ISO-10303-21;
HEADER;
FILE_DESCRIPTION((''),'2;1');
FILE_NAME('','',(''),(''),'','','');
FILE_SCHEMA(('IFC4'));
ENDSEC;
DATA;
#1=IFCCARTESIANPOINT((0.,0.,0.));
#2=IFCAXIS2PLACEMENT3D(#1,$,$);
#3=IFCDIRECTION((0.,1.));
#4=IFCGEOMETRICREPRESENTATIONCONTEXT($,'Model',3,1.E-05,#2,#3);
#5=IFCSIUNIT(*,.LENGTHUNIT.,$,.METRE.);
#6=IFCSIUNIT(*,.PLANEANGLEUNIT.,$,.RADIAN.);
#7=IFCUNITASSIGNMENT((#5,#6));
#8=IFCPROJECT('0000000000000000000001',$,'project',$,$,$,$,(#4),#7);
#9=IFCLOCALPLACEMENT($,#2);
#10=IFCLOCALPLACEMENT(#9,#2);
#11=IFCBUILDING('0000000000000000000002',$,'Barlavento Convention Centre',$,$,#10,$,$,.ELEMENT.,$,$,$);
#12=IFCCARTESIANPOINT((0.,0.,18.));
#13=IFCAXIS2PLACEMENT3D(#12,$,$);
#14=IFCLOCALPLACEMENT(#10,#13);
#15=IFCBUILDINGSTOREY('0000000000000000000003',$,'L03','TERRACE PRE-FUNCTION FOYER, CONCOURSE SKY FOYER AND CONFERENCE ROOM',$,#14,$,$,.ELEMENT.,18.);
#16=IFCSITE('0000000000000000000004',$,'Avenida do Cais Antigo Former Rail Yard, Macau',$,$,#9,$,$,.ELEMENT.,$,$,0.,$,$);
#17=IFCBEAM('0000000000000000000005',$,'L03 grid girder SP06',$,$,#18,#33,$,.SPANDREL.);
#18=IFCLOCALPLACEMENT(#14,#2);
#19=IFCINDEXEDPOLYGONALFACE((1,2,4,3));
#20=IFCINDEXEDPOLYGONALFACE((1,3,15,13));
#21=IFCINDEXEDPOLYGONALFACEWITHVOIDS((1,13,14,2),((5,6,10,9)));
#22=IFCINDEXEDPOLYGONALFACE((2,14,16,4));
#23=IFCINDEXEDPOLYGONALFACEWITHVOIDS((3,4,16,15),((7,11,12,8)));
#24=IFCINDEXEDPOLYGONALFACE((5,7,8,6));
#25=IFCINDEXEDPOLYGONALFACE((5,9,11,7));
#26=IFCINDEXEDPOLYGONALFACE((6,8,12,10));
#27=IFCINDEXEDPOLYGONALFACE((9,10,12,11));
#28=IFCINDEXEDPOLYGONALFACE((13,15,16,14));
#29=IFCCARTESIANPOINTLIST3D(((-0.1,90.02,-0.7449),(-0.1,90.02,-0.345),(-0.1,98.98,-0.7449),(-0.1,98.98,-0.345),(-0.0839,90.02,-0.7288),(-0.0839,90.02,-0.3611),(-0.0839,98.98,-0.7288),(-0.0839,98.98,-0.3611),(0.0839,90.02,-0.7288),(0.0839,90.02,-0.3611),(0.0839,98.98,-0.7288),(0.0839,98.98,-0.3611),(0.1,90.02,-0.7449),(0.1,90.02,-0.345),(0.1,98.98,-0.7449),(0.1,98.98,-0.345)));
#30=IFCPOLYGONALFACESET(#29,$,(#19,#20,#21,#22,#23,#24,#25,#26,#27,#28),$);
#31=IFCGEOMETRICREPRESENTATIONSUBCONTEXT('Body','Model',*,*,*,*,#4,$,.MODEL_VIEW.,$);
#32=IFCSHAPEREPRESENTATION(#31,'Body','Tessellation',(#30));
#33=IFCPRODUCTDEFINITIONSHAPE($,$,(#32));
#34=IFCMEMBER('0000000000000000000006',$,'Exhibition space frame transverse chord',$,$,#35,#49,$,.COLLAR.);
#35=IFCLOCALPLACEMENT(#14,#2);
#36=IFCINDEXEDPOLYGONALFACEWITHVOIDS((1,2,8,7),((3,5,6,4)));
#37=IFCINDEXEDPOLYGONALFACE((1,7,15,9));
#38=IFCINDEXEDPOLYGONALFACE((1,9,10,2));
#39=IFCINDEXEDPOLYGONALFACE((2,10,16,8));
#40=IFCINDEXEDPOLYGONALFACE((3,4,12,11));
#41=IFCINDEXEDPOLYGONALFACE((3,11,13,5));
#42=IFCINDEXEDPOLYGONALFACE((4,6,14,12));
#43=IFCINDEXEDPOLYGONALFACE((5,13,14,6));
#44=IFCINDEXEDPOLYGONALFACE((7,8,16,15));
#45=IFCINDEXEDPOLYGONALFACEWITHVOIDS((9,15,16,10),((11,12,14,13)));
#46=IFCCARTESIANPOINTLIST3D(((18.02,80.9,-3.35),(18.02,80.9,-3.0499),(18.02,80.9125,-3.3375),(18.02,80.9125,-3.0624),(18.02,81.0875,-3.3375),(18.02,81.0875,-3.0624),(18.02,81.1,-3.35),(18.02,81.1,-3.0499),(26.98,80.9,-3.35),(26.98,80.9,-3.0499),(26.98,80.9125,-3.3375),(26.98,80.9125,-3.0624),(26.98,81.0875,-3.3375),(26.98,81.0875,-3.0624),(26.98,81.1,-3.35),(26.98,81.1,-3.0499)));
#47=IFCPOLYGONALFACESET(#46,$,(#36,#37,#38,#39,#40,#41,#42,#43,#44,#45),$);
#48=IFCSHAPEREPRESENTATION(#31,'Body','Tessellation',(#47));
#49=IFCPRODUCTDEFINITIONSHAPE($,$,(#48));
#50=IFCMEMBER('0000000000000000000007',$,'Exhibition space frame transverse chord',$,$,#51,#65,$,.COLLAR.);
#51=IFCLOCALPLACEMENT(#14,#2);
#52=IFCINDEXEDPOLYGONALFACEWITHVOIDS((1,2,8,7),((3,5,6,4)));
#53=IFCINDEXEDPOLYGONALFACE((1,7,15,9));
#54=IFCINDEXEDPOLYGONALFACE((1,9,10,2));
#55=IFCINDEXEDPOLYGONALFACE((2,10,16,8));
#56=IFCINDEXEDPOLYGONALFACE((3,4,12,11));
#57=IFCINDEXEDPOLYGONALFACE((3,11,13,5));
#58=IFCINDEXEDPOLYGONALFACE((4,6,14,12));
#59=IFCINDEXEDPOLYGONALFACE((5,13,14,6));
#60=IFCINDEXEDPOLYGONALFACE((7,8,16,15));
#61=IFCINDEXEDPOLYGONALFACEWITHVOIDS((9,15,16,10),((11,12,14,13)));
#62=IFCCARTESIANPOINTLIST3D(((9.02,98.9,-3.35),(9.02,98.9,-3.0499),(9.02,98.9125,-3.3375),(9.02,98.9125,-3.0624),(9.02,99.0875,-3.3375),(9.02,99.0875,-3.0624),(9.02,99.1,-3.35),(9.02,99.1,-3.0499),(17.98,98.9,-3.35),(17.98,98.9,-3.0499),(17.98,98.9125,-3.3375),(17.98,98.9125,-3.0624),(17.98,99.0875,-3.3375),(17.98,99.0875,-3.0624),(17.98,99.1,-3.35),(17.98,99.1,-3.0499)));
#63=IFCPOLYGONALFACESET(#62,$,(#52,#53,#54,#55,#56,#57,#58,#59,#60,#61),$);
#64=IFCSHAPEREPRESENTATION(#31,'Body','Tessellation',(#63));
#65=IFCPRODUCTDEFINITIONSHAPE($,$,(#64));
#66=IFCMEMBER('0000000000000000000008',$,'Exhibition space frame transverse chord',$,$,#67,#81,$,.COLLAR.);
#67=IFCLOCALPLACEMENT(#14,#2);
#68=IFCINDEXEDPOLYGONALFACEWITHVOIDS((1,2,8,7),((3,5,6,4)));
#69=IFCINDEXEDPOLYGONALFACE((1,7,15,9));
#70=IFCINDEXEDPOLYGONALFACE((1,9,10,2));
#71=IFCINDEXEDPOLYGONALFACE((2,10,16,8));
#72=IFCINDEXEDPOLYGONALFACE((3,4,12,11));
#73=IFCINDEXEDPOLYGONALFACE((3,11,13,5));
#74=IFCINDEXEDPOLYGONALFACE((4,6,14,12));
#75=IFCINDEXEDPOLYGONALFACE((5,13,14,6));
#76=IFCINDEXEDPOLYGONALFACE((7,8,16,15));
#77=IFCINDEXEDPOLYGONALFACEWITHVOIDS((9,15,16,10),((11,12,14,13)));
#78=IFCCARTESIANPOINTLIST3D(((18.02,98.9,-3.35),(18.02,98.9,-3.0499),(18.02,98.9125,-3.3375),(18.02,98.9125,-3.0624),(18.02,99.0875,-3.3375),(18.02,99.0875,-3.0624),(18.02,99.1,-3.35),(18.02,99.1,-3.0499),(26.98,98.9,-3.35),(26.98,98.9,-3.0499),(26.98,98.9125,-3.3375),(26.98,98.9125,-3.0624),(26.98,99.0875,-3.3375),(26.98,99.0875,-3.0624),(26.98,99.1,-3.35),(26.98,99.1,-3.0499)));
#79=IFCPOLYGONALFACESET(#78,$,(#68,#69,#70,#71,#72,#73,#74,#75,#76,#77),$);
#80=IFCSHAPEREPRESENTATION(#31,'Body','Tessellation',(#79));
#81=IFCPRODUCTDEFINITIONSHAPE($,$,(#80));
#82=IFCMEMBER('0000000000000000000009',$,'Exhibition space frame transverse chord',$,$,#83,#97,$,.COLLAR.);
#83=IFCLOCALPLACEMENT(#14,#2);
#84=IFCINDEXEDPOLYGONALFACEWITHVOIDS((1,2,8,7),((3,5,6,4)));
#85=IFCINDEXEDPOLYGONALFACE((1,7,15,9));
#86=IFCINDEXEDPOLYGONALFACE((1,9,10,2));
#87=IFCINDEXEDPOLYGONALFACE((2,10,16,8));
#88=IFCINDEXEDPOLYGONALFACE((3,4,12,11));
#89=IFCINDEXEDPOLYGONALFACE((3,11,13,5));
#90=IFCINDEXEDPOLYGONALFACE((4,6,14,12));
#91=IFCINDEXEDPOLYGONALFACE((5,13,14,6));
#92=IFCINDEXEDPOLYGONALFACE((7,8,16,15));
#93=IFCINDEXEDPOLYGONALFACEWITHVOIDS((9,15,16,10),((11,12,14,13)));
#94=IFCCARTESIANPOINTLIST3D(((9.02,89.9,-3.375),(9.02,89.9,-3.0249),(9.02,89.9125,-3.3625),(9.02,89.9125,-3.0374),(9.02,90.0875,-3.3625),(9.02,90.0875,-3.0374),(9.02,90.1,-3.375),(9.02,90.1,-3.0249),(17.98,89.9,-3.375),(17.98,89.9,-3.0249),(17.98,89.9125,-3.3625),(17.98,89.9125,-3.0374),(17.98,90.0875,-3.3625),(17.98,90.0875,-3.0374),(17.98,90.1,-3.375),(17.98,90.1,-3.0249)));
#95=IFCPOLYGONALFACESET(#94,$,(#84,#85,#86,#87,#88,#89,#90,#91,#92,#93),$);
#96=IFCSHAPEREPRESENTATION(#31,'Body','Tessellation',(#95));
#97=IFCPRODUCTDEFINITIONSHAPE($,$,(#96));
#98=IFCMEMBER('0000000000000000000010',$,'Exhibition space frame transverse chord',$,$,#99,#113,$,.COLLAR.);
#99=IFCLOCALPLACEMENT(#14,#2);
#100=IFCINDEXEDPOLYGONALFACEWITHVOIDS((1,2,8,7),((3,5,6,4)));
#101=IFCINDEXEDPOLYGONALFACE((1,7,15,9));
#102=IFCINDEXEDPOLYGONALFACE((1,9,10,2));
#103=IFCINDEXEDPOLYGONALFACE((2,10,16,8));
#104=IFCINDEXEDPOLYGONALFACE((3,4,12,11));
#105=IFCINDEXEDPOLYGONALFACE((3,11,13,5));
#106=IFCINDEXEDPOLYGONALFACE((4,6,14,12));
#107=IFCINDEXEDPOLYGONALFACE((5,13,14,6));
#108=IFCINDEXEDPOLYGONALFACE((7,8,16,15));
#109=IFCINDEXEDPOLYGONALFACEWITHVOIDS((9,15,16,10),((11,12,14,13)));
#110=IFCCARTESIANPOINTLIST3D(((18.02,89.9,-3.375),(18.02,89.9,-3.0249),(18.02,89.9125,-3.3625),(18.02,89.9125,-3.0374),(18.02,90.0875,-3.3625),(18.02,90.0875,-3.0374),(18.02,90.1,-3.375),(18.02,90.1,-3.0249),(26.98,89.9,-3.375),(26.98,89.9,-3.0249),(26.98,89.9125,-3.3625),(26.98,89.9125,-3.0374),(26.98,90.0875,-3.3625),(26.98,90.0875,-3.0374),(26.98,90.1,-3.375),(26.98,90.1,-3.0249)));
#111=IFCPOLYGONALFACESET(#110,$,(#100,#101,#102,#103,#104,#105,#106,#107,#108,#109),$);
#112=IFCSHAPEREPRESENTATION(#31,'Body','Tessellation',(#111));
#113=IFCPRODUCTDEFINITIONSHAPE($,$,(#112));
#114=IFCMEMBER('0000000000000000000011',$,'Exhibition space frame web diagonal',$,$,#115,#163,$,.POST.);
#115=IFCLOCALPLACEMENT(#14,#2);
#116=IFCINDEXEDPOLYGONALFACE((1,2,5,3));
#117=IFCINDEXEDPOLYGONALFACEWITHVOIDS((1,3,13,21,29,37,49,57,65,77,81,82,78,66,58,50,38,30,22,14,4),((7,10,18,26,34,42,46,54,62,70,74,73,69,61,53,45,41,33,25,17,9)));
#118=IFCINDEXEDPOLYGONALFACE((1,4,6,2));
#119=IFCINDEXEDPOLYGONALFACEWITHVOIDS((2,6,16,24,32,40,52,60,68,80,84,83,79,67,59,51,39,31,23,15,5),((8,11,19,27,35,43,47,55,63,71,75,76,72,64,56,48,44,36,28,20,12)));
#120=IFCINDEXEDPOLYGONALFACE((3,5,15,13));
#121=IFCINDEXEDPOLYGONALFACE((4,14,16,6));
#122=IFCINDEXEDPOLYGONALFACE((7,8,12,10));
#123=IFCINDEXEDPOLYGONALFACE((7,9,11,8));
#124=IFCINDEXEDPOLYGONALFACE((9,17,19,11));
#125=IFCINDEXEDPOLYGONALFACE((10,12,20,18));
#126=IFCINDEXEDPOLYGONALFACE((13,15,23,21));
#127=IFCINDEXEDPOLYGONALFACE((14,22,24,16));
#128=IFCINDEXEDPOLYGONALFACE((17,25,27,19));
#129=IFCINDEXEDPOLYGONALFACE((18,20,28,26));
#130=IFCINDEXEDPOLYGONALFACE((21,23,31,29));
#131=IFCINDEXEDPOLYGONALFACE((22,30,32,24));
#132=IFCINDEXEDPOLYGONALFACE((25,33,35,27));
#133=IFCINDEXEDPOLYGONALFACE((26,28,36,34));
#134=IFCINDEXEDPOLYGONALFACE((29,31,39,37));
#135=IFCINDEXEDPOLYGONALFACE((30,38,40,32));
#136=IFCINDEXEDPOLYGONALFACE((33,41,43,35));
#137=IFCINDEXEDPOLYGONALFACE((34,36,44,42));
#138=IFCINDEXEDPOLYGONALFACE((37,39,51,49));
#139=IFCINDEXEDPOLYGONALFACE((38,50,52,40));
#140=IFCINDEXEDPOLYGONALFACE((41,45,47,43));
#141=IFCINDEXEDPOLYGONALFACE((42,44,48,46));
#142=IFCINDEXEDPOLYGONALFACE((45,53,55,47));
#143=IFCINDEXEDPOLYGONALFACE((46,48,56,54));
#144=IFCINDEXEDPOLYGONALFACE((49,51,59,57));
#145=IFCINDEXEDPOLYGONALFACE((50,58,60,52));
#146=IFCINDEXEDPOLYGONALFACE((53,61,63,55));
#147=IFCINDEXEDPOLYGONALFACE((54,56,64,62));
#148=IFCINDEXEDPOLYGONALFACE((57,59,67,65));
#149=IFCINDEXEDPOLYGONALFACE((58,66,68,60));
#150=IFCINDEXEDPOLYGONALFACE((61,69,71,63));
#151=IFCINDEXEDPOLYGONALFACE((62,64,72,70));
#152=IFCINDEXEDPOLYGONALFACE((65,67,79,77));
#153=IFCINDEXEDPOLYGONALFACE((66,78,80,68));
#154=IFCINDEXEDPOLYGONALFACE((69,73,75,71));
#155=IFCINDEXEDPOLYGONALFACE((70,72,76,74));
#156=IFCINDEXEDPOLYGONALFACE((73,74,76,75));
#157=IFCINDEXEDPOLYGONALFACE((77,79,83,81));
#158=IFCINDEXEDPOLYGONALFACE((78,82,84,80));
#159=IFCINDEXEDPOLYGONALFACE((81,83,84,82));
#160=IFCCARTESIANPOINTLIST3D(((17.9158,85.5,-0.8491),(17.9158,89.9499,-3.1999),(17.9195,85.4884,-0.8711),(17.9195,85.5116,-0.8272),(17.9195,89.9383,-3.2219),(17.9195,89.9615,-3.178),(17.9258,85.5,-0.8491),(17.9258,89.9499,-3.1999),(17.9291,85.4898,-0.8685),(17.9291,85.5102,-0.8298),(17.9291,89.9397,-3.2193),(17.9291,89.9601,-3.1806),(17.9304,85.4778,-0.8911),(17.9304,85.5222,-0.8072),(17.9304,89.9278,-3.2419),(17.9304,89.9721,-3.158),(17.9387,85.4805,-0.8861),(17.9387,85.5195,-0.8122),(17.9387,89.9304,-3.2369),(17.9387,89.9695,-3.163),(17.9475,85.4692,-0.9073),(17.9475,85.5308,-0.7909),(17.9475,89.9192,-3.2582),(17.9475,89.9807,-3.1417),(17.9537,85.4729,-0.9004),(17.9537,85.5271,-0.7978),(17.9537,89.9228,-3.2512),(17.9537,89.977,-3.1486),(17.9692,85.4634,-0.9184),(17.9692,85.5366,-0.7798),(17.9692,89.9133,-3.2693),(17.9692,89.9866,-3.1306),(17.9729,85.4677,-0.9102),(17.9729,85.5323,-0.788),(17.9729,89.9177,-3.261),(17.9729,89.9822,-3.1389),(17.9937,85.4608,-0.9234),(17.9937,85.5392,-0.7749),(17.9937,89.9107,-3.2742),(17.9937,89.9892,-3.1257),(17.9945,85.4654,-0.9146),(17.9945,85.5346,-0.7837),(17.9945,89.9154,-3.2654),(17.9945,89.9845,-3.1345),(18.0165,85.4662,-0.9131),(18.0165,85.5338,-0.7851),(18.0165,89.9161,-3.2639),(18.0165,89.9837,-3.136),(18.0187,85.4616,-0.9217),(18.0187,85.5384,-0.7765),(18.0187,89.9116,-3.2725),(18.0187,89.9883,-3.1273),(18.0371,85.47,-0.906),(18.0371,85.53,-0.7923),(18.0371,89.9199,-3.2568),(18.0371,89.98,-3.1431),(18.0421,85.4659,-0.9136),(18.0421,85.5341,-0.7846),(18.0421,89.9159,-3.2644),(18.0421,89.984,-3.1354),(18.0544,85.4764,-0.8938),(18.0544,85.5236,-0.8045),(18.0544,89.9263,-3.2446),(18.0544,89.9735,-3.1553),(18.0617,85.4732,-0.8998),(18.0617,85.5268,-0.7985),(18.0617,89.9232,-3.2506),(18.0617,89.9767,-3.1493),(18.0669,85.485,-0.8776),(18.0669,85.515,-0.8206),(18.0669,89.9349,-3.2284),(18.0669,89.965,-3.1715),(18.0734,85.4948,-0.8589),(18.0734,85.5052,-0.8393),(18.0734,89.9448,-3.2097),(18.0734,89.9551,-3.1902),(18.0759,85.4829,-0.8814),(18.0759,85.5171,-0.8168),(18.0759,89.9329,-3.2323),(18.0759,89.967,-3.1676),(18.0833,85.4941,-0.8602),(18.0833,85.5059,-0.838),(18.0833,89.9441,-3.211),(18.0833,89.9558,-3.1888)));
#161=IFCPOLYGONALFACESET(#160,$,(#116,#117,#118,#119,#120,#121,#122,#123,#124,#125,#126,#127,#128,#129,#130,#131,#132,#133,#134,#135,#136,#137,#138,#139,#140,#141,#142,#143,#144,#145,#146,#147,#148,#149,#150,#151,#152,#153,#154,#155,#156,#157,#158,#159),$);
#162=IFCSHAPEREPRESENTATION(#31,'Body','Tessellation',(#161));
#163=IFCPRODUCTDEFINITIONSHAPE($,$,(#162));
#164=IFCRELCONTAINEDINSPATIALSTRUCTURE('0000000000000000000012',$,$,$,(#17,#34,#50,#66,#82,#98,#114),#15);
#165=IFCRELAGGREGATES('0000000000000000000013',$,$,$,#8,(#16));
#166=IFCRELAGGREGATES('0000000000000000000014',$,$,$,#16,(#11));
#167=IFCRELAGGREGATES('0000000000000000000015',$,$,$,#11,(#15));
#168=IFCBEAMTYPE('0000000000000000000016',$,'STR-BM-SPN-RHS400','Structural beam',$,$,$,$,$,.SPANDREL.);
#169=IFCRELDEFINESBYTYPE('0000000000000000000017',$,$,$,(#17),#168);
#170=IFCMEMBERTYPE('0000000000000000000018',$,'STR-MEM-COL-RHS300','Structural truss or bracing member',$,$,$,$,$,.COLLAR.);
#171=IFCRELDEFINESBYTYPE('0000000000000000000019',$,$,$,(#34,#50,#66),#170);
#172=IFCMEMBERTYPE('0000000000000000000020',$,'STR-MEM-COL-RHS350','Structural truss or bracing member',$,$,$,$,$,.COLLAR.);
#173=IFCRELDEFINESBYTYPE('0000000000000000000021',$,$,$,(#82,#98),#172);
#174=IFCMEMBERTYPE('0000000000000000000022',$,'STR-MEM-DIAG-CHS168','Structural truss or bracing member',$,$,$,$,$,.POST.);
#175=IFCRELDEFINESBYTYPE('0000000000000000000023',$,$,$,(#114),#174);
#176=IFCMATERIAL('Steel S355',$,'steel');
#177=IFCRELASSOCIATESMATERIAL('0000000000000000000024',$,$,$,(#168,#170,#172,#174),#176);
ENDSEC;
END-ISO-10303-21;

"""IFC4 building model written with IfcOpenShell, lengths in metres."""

from ifc_helpers import new_model, si_unit, direction, frame, origin, origin_2d, place, context, subcontext, project, spatial, hollow_rectangle, hollow_circle, extrude, material, material_profile, profile_set, type_object, element, save


model = new_model("IFC4")

# Units and contexts
model_context = context("Model", 3, precision=1e-05, world=origin(), true_north=direction((0.0, 1.0)))
body_context = subcontext(model_context, "Body", "Model", "MODEL_VIEW")
ifc_project = project(units=[si_unit("LENGTHUNIT", "METRE"), si_unit("PLANEANGLEUNIT", "RADIAN")], contexts=[model_context])

# Site, building, storey
site_placement = place(None, origin())
site = spatial("IfcSite", under=ifc_project, at=site_placement, Name="Avenida do Cais Antigo Former Rail Yard, Macau", CompositionType="ELEMENT", RefElevation=0.0)
building_placement = place(site_placement, origin())
building = spatial("IfcBuilding", under=site, at=building_placement, Name="Barlavento Convention Centre", CompositionType="ELEMENT")
storey_placement = place(building_placement, frame((0.0, 0.0, 18.0)))
storey = spatial("IfcBuildingStorey", under=building, at=storey_placement, Name="L03", Description="TERRACE PRE-FUNCTION FOYER, CONCOURSE SKY FOYER AND CONFERENCE ROOM", CompositionType="ELEMENT", Elevation=18.0)

# Beam
ifc_material_1 = material(Name="Steel S355", Category="steel")
ifc_material_profile_1 = material_profile(ifc_material_1, hollow_rectangle(XDim=0.2, YDim=0.3999, WallThickness=0.0161, at=origin_2d()), Name="RHS 400x200x16.0")
ifc_profile_set_1 = profile_set([ifc_material_profile_1], Name="Steel S355")
beam_type_1 = type_object("IfcBeamType", Name="STR-BM-SPN-RHS400", Description="Structural beam", PredefinedType="SPANDREL", material=ifc_profile_set_1)
beam_1_placement = place(storey_placement, frame((0.0, 90.02, -0.5449), z_axis=(0.0, 1.0, 0.0), x_axis=(-1.0, 0.0, 0.0)))
element("IfcBeam", 1, at=beam_1_placement, inside=storey, type_object=beam_type_1, Name="L03 grid girder SP06", PredefinedType="SPANDREL", context=body_context, shape_type="SweptSolid", body=[
    extrude(hollow_rectangle(XDim=0.2, YDim=0.3999, WallThickness=0.0161, at=origin_2d()), origin(), (0.0, 0.0, 1.0), 8.96),
])

# Members
ifc_material_profile_2 = material_profile(ifc_material_1, hollow_rectangle(XDim=0.2, YDim=0.3, WallThickness=0.0125, at=origin_2d()), Name="RHS 300x200x12.5")
ifc_profile_set_2 = profile_set([ifc_material_profile_2], Name="Steel S355")
member_type_1 = type_object("IfcMemberType", Name="STR-MEM-COL-RHS300", Description="Structural truss or bracing member", PredefinedType="COLLAR", material=ifc_profile_set_2)
for number, where, z_axis, x_axis, name in (
    (2, (18.02, 81.0, -3.2), (1.0, 0.0, 0.0), (0.0, 1.0, 0.0), "Exhibition space frame transverse chord"),
    (3, (9.02, 99.0, -3.2), (1.0, 0.0, 0.0), (0.0, 1.0, 0.0), "Exhibition space frame transverse chord"),
    (4, (18.02, 99.0, -3.2), (1.0, 0.0, 0.0), (0.0, 1.0, 0.0), "Exhibition space frame transverse chord"),
):
    element("IfcMember", number, at=place(storey_placement, frame(where, z_axis=z_axis, x_axis=x_axis)), inside=storey, type_object=member_type_1, Name=name, PredefinedType="COLLAR", context=body_context, shape_type="SweptSolid", body=[
        extrude(hollow_rectangle(XDim=0.2, YDim=0.3, WallThickness=0.0125, at=origin_2d()), origin(), (0.0, 0.0, 1.0), 8.96),
    ])
ifc_material_profile_3 = material_profile(ifc_material_1, hollow_rectangle(XDim=0.2, YDim=0.3501, WallThickness=0.0125, at=origin_2d()), Name="RHS 350x200x12.5")
ifc_profile_set_3 = profile_set([ifc_material_profile_3], Name="Steel S355")
member_type_2 = type_object("IfcMemberType", Name="STR-MEM-COL-RHS350", Description="Structural truss or bracing member", PredefinedType="COLLAR", material=ifc_profile_set_3)
for number, where, z_axis, x_axis, name in (
    (5, (9.02, 90.0, -3.2), (1.0, 0.0, 0.0), (0.0, 1.0, 0.0), "Exhibition space frame transverse chord"),
    (6, (18.02, 90.0, -3.2), (1.0, 0.0, 0.0), (0.0, 1.0, 0.0), "Exhibition space frame transverse chord"),
):
    element("IfcMember", number, at=place(storey_placement, frame(where, z_axis=z_axis, x_axis=x_axis)), inside=storey, type_object=member_type_2, Name=name, PredefinedType="COLLAR", context=body_context, shape_type="SweptSolid", body=[
        extrude(hollow_rectangle(XDim=0.2, YDim=0.3501, WallThickness=0.0125, at=origin_2d()), origin(), (0.0, 0.0, 1.0), 8.96),
    ])
ifc_material_profile_4 = material_profile(ifc_material_1, hollow_circle(Radius=0.0842, WallThickness=0.01, at=origin_2d()), Name="CHS 168.3x10.0")
ifc_profile_set_4 = profile_set([ifc_material_profile_4], Name="Steel S355")
member_type_3 = type_object("IfcMemberType", Name="STR-MEM-DIAG-CHS168", Description="Structural truss or bracing member", PredefinedType="POST", material=ifc_profile_set_4)
for number, where, z_axis, x_axis, name in (
    (7, (18.0, 85.5, -0.8491), (0.0, 0.884201, -0.467107), (-1.0, 0.0, 0.0), "Exhibition space frame web diagonal"),
):
    element("IfcMember", number, at=place(storey_placement, frame(where, z_axis=z_axis, x_axis=x_axis)), inside=storey, type_object=member_type_3, Name=name, PredefinedType="POST", context=body_context, shape_type="SweptSolid", body=[
        extrude(hollow_circle(Radius=0.0842, WallThickness=0.01, at=origin_2d()), origin(), (0.0, 0.0, 1.0), 5.0327),
    ])

save(model, "model.ifc")
